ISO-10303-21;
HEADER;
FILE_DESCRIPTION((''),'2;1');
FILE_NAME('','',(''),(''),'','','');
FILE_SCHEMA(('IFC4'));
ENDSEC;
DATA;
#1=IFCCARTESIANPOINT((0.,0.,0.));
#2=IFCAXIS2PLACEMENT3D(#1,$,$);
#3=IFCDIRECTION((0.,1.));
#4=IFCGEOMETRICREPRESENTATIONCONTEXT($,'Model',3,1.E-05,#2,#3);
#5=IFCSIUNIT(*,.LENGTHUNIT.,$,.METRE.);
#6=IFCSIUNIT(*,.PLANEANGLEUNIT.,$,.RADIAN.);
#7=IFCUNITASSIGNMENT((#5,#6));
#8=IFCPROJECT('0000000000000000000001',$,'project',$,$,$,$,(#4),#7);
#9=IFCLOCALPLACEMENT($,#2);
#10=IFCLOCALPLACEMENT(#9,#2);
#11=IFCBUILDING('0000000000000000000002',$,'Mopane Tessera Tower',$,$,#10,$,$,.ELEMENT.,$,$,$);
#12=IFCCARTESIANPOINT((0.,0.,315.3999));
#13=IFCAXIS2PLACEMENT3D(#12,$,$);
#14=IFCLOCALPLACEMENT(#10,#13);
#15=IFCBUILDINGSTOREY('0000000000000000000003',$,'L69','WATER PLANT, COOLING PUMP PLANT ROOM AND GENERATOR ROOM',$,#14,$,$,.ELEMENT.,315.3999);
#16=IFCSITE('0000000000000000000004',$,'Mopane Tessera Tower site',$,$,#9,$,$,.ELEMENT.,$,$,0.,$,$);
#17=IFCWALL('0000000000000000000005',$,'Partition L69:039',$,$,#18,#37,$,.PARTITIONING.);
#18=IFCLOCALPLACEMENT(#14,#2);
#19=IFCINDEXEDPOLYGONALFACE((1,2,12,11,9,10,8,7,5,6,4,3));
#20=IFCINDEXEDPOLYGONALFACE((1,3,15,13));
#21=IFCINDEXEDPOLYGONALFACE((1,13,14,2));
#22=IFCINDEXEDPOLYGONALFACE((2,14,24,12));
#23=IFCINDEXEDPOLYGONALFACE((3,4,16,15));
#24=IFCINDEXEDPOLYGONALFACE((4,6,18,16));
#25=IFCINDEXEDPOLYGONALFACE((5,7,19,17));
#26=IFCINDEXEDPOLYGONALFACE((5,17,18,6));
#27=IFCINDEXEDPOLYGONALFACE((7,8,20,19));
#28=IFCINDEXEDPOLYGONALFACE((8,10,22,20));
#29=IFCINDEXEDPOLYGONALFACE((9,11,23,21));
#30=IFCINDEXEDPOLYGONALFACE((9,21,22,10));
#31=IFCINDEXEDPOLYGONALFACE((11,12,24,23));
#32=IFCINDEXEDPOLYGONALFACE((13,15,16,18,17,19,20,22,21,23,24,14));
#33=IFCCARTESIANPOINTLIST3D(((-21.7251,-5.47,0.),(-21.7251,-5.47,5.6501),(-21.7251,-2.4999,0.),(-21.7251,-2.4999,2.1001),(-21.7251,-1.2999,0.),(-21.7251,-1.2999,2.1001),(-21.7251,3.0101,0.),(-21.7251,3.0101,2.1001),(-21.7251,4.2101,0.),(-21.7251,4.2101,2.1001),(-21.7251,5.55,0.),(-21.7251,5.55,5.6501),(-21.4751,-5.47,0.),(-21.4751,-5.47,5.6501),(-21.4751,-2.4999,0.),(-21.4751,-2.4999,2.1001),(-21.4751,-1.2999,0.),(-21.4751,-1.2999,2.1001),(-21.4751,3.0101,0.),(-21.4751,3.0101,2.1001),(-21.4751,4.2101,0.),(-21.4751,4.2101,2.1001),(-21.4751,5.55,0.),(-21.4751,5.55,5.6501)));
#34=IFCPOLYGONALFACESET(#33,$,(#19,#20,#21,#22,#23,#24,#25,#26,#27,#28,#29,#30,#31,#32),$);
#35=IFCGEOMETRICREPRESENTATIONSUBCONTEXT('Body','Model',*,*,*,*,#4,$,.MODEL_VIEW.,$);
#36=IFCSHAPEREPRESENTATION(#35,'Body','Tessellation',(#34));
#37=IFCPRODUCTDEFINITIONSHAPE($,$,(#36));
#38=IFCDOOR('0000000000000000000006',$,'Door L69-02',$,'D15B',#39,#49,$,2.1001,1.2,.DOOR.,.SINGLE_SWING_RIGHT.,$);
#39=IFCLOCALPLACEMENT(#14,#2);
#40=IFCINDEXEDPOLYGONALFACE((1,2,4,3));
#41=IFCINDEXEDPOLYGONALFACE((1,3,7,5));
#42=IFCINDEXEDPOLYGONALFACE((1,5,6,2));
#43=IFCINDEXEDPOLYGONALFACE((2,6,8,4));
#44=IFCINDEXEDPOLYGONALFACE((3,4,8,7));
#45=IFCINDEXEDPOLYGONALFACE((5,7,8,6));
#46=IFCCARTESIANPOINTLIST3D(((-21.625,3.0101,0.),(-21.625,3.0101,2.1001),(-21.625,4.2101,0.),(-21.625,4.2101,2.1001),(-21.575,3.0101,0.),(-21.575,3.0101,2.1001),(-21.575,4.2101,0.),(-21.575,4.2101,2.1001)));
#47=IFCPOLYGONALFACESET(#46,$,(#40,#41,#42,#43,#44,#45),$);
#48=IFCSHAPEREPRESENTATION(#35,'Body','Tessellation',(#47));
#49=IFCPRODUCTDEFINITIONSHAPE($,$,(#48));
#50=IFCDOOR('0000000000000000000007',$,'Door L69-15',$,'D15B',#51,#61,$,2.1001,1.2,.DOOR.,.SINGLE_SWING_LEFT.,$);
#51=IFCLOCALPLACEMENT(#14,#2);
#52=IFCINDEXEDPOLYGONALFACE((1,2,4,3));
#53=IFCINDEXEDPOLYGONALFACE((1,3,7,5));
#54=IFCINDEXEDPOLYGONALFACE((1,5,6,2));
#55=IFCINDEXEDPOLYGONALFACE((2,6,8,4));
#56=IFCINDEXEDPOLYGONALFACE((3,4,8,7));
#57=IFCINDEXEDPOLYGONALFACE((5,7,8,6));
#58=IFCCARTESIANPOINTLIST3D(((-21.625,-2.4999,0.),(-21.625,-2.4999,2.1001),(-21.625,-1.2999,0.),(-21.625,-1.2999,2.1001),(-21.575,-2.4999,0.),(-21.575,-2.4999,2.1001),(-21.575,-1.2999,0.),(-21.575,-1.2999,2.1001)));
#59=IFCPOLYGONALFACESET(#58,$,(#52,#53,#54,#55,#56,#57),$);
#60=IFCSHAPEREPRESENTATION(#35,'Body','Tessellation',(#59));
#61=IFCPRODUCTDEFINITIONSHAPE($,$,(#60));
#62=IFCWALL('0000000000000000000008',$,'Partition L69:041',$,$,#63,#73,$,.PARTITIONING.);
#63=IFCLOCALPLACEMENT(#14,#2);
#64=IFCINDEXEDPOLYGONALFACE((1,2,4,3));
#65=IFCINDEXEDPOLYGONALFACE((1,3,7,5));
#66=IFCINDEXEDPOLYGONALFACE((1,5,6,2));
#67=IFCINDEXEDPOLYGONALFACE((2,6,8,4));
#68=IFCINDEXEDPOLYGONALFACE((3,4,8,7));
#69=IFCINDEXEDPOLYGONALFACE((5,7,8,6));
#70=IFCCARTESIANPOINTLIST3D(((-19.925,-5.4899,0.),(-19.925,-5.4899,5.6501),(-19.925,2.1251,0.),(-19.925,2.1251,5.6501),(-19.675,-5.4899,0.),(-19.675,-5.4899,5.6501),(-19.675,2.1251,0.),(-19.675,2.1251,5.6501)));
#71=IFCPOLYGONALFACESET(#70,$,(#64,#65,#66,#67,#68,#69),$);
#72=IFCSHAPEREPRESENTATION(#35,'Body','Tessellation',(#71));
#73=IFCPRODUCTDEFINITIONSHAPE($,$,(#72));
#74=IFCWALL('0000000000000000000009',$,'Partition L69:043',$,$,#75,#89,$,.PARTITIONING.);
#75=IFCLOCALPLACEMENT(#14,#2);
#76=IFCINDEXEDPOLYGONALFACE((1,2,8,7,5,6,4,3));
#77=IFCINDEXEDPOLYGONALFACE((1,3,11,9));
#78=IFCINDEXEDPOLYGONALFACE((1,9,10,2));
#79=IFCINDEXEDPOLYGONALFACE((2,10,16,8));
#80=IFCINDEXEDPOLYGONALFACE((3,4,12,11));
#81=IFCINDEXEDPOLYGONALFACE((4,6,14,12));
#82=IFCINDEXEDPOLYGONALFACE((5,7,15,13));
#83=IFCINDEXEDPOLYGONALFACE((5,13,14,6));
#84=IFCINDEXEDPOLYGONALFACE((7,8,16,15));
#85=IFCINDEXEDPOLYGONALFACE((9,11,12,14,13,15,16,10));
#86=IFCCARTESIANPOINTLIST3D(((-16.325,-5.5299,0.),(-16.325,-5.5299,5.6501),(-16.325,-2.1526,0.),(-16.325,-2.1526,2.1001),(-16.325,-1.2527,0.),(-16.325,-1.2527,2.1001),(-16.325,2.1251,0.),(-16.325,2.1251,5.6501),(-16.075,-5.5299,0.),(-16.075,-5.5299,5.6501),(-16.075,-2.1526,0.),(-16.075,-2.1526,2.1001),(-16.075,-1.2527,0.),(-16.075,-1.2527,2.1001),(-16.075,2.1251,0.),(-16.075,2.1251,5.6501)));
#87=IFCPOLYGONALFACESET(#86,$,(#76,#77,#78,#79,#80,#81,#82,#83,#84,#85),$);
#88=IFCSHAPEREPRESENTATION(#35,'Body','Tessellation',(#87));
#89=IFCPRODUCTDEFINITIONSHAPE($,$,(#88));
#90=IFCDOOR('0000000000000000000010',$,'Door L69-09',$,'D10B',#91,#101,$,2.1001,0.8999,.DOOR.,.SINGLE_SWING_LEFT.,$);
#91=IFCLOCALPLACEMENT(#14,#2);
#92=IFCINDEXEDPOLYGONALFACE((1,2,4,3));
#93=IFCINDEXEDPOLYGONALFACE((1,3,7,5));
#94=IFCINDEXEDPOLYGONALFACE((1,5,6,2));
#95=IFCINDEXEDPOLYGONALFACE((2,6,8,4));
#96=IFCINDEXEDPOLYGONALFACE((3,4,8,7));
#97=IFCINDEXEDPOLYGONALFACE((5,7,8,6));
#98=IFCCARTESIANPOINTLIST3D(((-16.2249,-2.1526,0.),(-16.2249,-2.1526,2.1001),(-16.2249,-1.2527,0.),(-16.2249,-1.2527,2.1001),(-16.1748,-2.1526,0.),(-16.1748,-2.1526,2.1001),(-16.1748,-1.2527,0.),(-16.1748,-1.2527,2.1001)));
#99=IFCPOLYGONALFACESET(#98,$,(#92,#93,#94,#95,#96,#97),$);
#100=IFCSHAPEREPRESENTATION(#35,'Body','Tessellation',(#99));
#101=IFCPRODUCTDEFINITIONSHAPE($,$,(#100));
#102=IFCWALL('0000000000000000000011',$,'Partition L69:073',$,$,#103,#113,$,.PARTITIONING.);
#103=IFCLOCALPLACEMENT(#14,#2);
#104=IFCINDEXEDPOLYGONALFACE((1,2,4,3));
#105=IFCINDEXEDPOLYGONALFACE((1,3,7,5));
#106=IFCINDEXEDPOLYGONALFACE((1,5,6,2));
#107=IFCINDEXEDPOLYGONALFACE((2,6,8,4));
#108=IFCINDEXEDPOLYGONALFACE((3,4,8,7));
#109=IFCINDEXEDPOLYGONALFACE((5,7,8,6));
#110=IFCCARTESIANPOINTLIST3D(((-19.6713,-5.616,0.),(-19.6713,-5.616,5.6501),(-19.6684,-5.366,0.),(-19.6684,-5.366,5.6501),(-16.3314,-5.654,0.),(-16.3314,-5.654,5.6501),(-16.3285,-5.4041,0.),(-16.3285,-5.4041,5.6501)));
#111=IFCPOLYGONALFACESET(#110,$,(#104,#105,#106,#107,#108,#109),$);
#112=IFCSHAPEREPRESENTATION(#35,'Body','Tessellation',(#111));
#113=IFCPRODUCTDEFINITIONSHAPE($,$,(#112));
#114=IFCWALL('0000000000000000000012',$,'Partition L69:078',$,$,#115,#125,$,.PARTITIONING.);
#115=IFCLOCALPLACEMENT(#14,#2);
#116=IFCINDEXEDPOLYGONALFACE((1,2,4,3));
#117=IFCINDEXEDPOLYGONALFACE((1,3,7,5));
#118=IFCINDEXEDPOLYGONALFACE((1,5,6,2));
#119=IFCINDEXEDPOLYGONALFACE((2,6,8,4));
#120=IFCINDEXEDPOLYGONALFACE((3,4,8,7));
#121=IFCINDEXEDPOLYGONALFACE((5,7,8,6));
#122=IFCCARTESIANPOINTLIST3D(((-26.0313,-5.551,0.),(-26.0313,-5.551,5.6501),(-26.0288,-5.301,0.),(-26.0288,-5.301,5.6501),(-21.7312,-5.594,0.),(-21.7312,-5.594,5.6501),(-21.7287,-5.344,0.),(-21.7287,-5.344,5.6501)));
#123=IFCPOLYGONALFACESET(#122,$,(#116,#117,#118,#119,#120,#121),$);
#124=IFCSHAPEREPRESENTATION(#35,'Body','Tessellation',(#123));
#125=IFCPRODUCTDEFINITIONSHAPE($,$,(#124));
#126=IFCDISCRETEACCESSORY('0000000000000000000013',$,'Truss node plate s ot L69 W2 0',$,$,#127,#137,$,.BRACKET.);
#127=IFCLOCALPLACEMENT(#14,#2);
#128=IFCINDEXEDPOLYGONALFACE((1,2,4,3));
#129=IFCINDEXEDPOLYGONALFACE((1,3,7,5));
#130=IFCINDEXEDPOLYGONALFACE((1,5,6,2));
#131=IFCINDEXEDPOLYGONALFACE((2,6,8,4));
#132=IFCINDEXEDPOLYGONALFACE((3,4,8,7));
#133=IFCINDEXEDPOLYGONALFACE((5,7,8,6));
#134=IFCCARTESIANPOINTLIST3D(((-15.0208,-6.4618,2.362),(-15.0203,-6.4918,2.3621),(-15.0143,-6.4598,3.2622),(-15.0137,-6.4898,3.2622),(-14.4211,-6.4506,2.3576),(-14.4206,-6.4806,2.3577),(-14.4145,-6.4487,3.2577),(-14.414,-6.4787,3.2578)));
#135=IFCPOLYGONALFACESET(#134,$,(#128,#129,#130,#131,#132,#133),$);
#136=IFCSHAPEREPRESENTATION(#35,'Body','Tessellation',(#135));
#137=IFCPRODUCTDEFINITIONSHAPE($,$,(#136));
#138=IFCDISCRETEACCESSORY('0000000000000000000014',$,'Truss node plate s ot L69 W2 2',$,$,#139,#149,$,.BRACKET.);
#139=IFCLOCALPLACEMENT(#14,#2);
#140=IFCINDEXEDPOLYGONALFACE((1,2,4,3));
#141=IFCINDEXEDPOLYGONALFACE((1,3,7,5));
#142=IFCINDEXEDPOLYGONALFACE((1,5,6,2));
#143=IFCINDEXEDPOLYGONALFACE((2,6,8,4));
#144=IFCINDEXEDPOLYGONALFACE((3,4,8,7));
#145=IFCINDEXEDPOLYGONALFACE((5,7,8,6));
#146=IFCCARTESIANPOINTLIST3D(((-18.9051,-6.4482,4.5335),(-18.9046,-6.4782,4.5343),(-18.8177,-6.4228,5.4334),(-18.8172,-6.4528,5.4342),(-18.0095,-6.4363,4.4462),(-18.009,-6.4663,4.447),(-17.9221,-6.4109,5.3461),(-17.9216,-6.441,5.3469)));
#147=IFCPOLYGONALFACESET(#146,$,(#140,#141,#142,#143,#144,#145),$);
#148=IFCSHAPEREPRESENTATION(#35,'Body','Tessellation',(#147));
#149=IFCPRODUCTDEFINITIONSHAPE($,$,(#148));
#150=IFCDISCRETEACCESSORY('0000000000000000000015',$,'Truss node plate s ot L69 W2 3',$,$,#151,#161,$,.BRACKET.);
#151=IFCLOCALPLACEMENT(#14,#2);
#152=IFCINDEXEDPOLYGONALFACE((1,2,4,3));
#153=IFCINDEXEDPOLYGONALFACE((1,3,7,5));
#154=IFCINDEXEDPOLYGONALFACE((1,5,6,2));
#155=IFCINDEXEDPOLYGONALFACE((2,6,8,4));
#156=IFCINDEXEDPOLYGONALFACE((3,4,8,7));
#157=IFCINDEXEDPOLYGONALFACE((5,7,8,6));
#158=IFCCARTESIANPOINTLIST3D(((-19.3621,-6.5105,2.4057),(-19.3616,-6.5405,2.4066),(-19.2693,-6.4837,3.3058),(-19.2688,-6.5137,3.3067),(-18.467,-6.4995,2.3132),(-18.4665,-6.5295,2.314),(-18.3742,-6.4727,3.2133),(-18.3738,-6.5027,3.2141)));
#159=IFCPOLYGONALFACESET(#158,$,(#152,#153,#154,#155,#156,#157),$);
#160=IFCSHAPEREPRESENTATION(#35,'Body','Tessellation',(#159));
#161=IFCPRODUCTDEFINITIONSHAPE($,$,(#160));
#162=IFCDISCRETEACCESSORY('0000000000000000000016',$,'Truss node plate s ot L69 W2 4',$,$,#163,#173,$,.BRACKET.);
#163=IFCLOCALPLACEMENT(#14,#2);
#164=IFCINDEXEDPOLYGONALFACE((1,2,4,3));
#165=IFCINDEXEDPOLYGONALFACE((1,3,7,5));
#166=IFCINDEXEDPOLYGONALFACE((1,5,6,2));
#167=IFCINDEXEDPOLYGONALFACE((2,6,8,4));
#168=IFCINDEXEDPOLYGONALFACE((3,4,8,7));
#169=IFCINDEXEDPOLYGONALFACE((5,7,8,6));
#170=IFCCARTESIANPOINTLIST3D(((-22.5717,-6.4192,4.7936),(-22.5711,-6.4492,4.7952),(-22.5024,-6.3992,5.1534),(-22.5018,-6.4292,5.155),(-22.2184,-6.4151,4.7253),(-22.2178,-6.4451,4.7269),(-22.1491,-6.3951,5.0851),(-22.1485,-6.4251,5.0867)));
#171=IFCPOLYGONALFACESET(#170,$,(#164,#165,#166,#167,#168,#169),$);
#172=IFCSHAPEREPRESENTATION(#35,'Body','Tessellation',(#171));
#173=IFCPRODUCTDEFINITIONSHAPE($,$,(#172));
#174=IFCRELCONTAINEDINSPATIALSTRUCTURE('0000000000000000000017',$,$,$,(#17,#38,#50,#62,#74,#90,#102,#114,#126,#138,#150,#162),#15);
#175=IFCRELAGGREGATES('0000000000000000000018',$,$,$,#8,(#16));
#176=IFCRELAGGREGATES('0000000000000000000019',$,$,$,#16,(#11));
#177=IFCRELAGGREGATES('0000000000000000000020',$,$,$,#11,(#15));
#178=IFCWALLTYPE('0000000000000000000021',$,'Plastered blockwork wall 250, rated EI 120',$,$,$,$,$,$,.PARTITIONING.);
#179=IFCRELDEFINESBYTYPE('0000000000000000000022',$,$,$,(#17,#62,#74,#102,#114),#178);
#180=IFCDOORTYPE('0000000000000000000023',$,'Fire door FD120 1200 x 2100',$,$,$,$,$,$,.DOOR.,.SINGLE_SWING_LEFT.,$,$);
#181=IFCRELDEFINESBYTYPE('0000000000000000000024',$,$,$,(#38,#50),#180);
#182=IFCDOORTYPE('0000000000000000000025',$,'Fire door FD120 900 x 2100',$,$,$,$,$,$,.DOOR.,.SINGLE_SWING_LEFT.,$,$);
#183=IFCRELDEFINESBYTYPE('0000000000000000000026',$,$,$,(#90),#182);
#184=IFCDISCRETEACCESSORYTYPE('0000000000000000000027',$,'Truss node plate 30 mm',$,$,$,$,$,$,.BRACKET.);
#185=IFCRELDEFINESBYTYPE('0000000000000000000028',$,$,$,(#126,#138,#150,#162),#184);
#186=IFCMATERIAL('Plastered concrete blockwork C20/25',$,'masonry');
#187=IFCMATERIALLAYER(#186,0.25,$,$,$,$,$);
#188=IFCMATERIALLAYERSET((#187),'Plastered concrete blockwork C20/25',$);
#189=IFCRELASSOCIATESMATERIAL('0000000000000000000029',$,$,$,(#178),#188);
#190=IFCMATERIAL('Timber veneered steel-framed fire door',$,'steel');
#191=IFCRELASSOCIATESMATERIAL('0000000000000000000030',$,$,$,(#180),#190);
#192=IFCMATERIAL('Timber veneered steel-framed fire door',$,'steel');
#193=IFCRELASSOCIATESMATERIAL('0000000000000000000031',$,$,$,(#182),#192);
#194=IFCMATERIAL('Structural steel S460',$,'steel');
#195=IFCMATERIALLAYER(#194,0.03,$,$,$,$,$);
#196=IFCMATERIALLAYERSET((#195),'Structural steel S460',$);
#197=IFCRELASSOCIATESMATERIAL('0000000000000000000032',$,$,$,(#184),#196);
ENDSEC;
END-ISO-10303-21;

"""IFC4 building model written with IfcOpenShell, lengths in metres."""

from ifc_helpers import new_model, si_unit, direction, frame, frame_2d, origin, origin_2d, place, context, subcontext, project, spatial, rectangle, extrude, material, layer, layer_set, type_object, element, fill, save


model = new_model("IFC4")

# Units and contexts
model_context = context("Model", 3, precision=1e-05, world=origin(), true_north=direction((0.0, 1.0)))
body_context = subcontext(model_context, "Body", "Model", "MODEL_VIEW")
ifc_project = project(units=[si_unit("LENGTHUNIT", "METRE"), si_unit("PLANEANGLEUNIT", "RADIAN")], contexts=[model_context])

# Site, building, storey
site_placement = place(None, origin())
site = spatial("IfcSite", under=ifc_project, at=site_placement, Name="Mopane Tessera Tower site", CompositionType="ELEMENT", RefElevation=0.0)
building_placement = place(site_placement, origin())
building = spatial("IfcBuilding", under=site, at=building_placement, Name="Mopane Tessera Tower", CompositionType="ELEMENT")
storey_placement = place(building_placement, frame((0.0, 0.0, 315.3999)))
storey = spatial("IfcBuildingStorey", under=building, at=storey_placement, Name="L69", Description="WATER PLANT, COOLING PUMP PLANT ROOM AND GENERATOR ROOM", CompositionType="ELEMENT", Elevation=315.3999)

# Shared definitions
ifc_material_1 = material(Name="Plastered concrete blockwork C20/25", Category="masonry")
ifc_layer_1 = layer(ifc_material_1, 0.25)
ifc_layer_set_1 = layer_set([ifc_layer_1], Name="Plastered concrete blockwork C20/25")
wall_type = type_object("IfcWallType", Name="Plastered blockwork wall 250, rated EI 120", PredefinedType="PARTITIONING", material=ifc_layer_set_1)

# Wall, openings, doors
wall_1_placement = place(storey_placement, frame((-21.6001, -5.47, 0.0), z_axis=(0.0, 0.0, 1.0), x_axis=(0.0, 1.0, 0.0)))
wall_1 = element("IfcWall", 1, at=wall_1_placement, inside=storey, type_object=wall_type, Name="Partition L69:039", PredefinedType="PARTITIONING", context=body_context, shape_type="SweptSolid", body=[
    extrude(rectangle(XDim=11.02, YDim=0.25, at=frame_2d((5.51, 0.0))), origin(), (0.0, 0.0, 1.0), 5.6501),
])
opening_1_placement = place(wall_1_placement, frame((8.48, 0.0, 0.0)))
opening_1 = element("IfcOpeningElement", 2, at=opening_1_placement, cuts=wall_1, PredefinedType="OPENING", context=body_context, shape_type="SweptSolid", body=[
    extrude(rectangle(XDim=1.2, YDim=2.1001, at=frame_2d((0.6001, 1.05))), frame((0.0, 0.137, 0.0), z_axis=(0.0, -1.0, 0.0), x_axis=(1.0, 0.0, 0.0)), (0.0, 0.0, 1.0), 0.2739),
])
opening_2_placement = place(wall_1_placement, frame((2.97, 0.0, 0.0)))
opening_2 = element("IfcOpeningElement", 3, at=opening_2_placement, cuts=wall_1, PredefinedType="OPENING", context=body_context, shape_type="SweptSolid", body=[
    extrude(rectangle(XDim=1.2, YDim=2.1001, at=frame_2d((0.6001, 1.05))), frame((0.0, 0.137, 0.0), z_axis=(0.0, -1.0, 0.0), x_axis=(1.0, 0.0, 0.0)), (0.0, 0.0, 1.0), 0.2739),
])
ifc_material_2 = material(Name="Timber veneered steel-framed fire door", Category="steel")
door_type_1 = type_object("IfcDoorType", Name="Fire door FD120 1200 x 2100", OperationType="SINGLE_SWING_LEFT", PredefinedType="DOOR", material=ifc_material_2)
door_1_placement = place(opening_1_placement, origin())
door_1 = element("IfcDoor", 4, at=door_1_placement, inside=storey, type_object=door_type_1, Name="Door L69-02", ObjectType="D15B", OperationType="SINGLE_SWING_RIGHT", OverallHeight=2.1001, OverallWidth=1.2, PredefinedType="DOOR", context=body_context, shape_type="SweptSolid", body=[
    extrude(rectangle(XDim=1.2, YDim=2.1001, at=frame_2d((0.6001, 1.05))), frame((0.0, 0.0249, 0.0), z_axis=(0.0, -1.0, 0.0), x_axis=(1.0, 0.0, 0.0)), (0.0, 0.0, 1.0), 0.05),
])
fill(opening_1, door_1)
door_2_placement = place(opening_2_placement, origin())
door_2 = element("IfcDoor", 5, at=door_2_placement, inside=storey, type_object=door_type_1, Name="Door L69-15", ObjectType="D15B", OperationType="SINGLE_SWING_LEFT", OverallHeight=2.1001, OverallWidth=1.2, PredefinedType="DOOR", context=body_context, shape_type="SweptSolid", body=[
    extrude(rectangle(XDim=1.2, YDim=2.1001, at=frame_2d((0.6001, 1.05))), frame((0.0, 0.0249, 0.0), z_axis=(0.0, -1.0, 0.0), x_axis=(1.0, 0.0, 0.0)), (0.0, 0.0, 1.0), 0.05),
])
fill(opening_2, door_2)

# Wall
wall_2_placement = place(storey_placement, frame((-19.8, -5.49, 0.0), z_axis=(0.0, 0.0, 1.0), x_axis=(0.0, 1.0, 0.0)))
element("IfcWall", 6, at=wall_2_placement, inside=storey, type_object=wall_type, Name="Partition L69:041", PredefinedType="PARTITIONING", context=body_context, shape_type="SweptSolid", body=[
    extrude(rectangle(XDim=7.615, YDim=0.25, at=frame_2d((3.8076, 0.0))), origin(), (0.0, 0.0, 1.0), 5.6501),
])

# Wall, opening, door
wall_3_placement = place(storey_placement, frame((-16.2, -5.53, 0.0), z_axis=(0.0, 0.0, 1.0), x_axis=(0.0, 1.0, 0.0)))
wall_3 = element("IfcWall", 7, at=wall_3_placement, inside=storey, type_object=wall_type, Name="Partition L69:043", PredefinedType="PARTITIONING", context=body_context, shape_type="SweptSolid", body=[
    extrude(rectangle(XDim=7.655, YDim=0.25, at=frame_2d((3.8276, 0.0))), origin(), (0.0, 0.0, 1.0), 5.6501),
])
opening_3_placement = place(wall_3_placement, frame((3.3774, 0.0, 0.0)))
opening_3 = element("IfcOpeningElement", 8, at=opening_3_placement, cuts=wall_3, PredefinedType="OPENING", context=body_context, shape_type="SweptSolid", body=[
    extrude(rectangle(XDim=0.8999, YDim=2.1001, at=frame_2d((0.45, 1.05))), frame((0.0, 0.137, 0.0), z_axis=(0.0, -1.0, 0.0), x_axis=(1.0, 0.0, 0.0)), (0.0, 0.0, 1.0), 0.2739),
])
ifc_material_3 = material(Name="Timber veneered steel-framed fire door", Category="steel")
door_type_2 = type_object("IfcDoorType", Name="Fire door FD120 900 x 2100", OperationType="SINGLE_SWING_LEFT", PredefinedType="DOOR", material=ifc_material_3)
door_3_placement = place(opening_3_placement, origin())
door_3 = element("IfcDoor", 9, at=door_3_placement, inside=storey, type_object=door_type_2, Name="Door L69-09", ObjectType="D10B", OperationType="SINGLE_SWING_LEFT", OverallHeight=2.1001, OverallWidth=0.8999, PredefinedType="DOOR", context=body_context, shape_type="SweptSolid", body=[
    extrude(rectangle(XDim=0.8999, YDim=2.1001, at=frame_2d((0.45, 1.05))), frame((0.0, 0.0249, 0.0), z_axis=(0.0, -1.0, 0.0), x_axis=(1.0, 0.0, 0.0)), (0.0, 0.0, 1.0), 0.05),
])
fill(opening_3, door_3)

# Walls
wall_4_placement = place(storey_placement, frame((-16.3301, -5.5291, 0.0), z_axis=(0.0, 0.0, 1.0), x_axis=(-0.999935, 0.011403, 0.0)))
element("IfcWall", 10, at=wall_4_placement, inside=storey, type_object=wall_type, Name="Partition L69:073", PredefinedType="PARTITIONING", context=body_context, shape_type="SweptSolid", body=[
    extrude(rectangle(XDim=3.3401, YDim=0.25, at=frame_2d((1.6699, 0.0))), origin(), (0.0, 0.0, 1.0), 5.6501),
])
wall_5_placement = place(storey_placement, frame((-21.73, -5.469, 0.0), z_axis=(0.0, 0.0, 1.0), x_axis=(-0.99995, 0.009992, 0.0)))
element("IfcWall", 11, at=wall_5_placement, inside=storey, type_object=wall_type, Name="Partition L69:078", PredefinedType="PARTITIONING", context=body_context, shape_type="SweptSolid", body=[
    extrude(rectangle(XDim=4.3003, YDim=0.25, at=frame_2d((2.1501, 0.0))), origin(), (0.0, 0.0, 1.0), 5.6501),
])

# Discrete accessories
ifc_material_4 = material(Name="Structural steel S460", Category="steel")
ifc_layer_2 = layer(ifc_material_4, 0.03)
ifc_layer_set_2 = layer_set([ifc_layer_2], Name="Structural steel S460")
discrete_accessory_type = type_object("IfcDiscreteAccessoryType", Name="Truss node plate 30 mm", PredefinedType="BRACKET", material=ifc_layer_set_2)
discrete_accessory_1_placement = place(storey_placement, frame((-14.7207, -6.4712, 2.3599), z_axis=(0.007323, 0.00217, 0.999971), x_axis=(0.018602, -0.999825, 0.002033)))
element("IfcDiscreteAccessory", 12, at=discrete_accessory_1_placement, inside=storey, type_object=discrete_accessory_type, Name="Truss node plate s ot L69 W2 0", PredefinedType="BRACKET", context=body_context, shape_type="SweptSolid", body=[
    extrude(rectangle(XDim=0.03, YDim=0.5999, at=origin_2d()), origin(), (0.0, 0.0, 1.0), 0.9001),
])
discrete_accessory_2_placement = place(storey_placement, frame((-18.457, -6.4573, 4.4902), z_axis=(0.096631, 0.028072, 0.994924), x_axis=(0.01585, -0.999519, 0.026662)))
element("IfcDiscreteAccessory", 13, at=discrete_accessory_2_placement, inside=storey, type_object=discrete_accessory_type, Name="Truss node plate s ot L69 W2 2", PredefinedType="BRACKET", context=body_context, shape_type="SweptSolid", body=[
    extrude(rectangle(XDim=0.03, YDim=0.8999, at=origin_2d()), origin(), (0.0, 0.0, 1.0), 0.9045),
])
discrete_accessory_3_placement = place(storey_placement, frame((-18.9143, -6.52, 2.3599), z_axis=(0.102477, 0.029664, 0.994293), x_axis=(0.015218, -0.999485, 0.028251)))
element("IfcDiscreteAccessory", 14, at=discrete_accessory_3_placement, inside=storey, type_object=discrete_accessory_type, Name="Truss node plate s ot L69 W2 3", PredefinedType="BRACKET", context=body_context, shape_type="SweptSolid", body=[
    extrude(rectangle(XDim=0.03, YDim=0.8999, at=origin_2d()), origin(), (0.0, 0.0, 1.0), 0.9053),
])
discrete_accessory_4_placement = place(storey_placement, frame((-22.3948, -6.4321, 4.7603), z_axis=(0.188912, 0.054545, 0.980478), x_axis=(0.021548, -0.998446, 0.051393)))
element("IfcDiscreteAccessory", 15, at=discrete_accessory_4_placement, inside=storey, type_object=discrete_accessory_type, Name="Truss node plate s ot L69 W2 4", PredefinedType="BRACKET", context=body_context, shape_type="SweptSolid", body=[
    extrude(rectangle(XDim=0.03, YDim=0.3599, at=origin_2d()), origin(), (0.0, 0.0, 1.0), 0.3669),
])

save(model, "model.ifc")
